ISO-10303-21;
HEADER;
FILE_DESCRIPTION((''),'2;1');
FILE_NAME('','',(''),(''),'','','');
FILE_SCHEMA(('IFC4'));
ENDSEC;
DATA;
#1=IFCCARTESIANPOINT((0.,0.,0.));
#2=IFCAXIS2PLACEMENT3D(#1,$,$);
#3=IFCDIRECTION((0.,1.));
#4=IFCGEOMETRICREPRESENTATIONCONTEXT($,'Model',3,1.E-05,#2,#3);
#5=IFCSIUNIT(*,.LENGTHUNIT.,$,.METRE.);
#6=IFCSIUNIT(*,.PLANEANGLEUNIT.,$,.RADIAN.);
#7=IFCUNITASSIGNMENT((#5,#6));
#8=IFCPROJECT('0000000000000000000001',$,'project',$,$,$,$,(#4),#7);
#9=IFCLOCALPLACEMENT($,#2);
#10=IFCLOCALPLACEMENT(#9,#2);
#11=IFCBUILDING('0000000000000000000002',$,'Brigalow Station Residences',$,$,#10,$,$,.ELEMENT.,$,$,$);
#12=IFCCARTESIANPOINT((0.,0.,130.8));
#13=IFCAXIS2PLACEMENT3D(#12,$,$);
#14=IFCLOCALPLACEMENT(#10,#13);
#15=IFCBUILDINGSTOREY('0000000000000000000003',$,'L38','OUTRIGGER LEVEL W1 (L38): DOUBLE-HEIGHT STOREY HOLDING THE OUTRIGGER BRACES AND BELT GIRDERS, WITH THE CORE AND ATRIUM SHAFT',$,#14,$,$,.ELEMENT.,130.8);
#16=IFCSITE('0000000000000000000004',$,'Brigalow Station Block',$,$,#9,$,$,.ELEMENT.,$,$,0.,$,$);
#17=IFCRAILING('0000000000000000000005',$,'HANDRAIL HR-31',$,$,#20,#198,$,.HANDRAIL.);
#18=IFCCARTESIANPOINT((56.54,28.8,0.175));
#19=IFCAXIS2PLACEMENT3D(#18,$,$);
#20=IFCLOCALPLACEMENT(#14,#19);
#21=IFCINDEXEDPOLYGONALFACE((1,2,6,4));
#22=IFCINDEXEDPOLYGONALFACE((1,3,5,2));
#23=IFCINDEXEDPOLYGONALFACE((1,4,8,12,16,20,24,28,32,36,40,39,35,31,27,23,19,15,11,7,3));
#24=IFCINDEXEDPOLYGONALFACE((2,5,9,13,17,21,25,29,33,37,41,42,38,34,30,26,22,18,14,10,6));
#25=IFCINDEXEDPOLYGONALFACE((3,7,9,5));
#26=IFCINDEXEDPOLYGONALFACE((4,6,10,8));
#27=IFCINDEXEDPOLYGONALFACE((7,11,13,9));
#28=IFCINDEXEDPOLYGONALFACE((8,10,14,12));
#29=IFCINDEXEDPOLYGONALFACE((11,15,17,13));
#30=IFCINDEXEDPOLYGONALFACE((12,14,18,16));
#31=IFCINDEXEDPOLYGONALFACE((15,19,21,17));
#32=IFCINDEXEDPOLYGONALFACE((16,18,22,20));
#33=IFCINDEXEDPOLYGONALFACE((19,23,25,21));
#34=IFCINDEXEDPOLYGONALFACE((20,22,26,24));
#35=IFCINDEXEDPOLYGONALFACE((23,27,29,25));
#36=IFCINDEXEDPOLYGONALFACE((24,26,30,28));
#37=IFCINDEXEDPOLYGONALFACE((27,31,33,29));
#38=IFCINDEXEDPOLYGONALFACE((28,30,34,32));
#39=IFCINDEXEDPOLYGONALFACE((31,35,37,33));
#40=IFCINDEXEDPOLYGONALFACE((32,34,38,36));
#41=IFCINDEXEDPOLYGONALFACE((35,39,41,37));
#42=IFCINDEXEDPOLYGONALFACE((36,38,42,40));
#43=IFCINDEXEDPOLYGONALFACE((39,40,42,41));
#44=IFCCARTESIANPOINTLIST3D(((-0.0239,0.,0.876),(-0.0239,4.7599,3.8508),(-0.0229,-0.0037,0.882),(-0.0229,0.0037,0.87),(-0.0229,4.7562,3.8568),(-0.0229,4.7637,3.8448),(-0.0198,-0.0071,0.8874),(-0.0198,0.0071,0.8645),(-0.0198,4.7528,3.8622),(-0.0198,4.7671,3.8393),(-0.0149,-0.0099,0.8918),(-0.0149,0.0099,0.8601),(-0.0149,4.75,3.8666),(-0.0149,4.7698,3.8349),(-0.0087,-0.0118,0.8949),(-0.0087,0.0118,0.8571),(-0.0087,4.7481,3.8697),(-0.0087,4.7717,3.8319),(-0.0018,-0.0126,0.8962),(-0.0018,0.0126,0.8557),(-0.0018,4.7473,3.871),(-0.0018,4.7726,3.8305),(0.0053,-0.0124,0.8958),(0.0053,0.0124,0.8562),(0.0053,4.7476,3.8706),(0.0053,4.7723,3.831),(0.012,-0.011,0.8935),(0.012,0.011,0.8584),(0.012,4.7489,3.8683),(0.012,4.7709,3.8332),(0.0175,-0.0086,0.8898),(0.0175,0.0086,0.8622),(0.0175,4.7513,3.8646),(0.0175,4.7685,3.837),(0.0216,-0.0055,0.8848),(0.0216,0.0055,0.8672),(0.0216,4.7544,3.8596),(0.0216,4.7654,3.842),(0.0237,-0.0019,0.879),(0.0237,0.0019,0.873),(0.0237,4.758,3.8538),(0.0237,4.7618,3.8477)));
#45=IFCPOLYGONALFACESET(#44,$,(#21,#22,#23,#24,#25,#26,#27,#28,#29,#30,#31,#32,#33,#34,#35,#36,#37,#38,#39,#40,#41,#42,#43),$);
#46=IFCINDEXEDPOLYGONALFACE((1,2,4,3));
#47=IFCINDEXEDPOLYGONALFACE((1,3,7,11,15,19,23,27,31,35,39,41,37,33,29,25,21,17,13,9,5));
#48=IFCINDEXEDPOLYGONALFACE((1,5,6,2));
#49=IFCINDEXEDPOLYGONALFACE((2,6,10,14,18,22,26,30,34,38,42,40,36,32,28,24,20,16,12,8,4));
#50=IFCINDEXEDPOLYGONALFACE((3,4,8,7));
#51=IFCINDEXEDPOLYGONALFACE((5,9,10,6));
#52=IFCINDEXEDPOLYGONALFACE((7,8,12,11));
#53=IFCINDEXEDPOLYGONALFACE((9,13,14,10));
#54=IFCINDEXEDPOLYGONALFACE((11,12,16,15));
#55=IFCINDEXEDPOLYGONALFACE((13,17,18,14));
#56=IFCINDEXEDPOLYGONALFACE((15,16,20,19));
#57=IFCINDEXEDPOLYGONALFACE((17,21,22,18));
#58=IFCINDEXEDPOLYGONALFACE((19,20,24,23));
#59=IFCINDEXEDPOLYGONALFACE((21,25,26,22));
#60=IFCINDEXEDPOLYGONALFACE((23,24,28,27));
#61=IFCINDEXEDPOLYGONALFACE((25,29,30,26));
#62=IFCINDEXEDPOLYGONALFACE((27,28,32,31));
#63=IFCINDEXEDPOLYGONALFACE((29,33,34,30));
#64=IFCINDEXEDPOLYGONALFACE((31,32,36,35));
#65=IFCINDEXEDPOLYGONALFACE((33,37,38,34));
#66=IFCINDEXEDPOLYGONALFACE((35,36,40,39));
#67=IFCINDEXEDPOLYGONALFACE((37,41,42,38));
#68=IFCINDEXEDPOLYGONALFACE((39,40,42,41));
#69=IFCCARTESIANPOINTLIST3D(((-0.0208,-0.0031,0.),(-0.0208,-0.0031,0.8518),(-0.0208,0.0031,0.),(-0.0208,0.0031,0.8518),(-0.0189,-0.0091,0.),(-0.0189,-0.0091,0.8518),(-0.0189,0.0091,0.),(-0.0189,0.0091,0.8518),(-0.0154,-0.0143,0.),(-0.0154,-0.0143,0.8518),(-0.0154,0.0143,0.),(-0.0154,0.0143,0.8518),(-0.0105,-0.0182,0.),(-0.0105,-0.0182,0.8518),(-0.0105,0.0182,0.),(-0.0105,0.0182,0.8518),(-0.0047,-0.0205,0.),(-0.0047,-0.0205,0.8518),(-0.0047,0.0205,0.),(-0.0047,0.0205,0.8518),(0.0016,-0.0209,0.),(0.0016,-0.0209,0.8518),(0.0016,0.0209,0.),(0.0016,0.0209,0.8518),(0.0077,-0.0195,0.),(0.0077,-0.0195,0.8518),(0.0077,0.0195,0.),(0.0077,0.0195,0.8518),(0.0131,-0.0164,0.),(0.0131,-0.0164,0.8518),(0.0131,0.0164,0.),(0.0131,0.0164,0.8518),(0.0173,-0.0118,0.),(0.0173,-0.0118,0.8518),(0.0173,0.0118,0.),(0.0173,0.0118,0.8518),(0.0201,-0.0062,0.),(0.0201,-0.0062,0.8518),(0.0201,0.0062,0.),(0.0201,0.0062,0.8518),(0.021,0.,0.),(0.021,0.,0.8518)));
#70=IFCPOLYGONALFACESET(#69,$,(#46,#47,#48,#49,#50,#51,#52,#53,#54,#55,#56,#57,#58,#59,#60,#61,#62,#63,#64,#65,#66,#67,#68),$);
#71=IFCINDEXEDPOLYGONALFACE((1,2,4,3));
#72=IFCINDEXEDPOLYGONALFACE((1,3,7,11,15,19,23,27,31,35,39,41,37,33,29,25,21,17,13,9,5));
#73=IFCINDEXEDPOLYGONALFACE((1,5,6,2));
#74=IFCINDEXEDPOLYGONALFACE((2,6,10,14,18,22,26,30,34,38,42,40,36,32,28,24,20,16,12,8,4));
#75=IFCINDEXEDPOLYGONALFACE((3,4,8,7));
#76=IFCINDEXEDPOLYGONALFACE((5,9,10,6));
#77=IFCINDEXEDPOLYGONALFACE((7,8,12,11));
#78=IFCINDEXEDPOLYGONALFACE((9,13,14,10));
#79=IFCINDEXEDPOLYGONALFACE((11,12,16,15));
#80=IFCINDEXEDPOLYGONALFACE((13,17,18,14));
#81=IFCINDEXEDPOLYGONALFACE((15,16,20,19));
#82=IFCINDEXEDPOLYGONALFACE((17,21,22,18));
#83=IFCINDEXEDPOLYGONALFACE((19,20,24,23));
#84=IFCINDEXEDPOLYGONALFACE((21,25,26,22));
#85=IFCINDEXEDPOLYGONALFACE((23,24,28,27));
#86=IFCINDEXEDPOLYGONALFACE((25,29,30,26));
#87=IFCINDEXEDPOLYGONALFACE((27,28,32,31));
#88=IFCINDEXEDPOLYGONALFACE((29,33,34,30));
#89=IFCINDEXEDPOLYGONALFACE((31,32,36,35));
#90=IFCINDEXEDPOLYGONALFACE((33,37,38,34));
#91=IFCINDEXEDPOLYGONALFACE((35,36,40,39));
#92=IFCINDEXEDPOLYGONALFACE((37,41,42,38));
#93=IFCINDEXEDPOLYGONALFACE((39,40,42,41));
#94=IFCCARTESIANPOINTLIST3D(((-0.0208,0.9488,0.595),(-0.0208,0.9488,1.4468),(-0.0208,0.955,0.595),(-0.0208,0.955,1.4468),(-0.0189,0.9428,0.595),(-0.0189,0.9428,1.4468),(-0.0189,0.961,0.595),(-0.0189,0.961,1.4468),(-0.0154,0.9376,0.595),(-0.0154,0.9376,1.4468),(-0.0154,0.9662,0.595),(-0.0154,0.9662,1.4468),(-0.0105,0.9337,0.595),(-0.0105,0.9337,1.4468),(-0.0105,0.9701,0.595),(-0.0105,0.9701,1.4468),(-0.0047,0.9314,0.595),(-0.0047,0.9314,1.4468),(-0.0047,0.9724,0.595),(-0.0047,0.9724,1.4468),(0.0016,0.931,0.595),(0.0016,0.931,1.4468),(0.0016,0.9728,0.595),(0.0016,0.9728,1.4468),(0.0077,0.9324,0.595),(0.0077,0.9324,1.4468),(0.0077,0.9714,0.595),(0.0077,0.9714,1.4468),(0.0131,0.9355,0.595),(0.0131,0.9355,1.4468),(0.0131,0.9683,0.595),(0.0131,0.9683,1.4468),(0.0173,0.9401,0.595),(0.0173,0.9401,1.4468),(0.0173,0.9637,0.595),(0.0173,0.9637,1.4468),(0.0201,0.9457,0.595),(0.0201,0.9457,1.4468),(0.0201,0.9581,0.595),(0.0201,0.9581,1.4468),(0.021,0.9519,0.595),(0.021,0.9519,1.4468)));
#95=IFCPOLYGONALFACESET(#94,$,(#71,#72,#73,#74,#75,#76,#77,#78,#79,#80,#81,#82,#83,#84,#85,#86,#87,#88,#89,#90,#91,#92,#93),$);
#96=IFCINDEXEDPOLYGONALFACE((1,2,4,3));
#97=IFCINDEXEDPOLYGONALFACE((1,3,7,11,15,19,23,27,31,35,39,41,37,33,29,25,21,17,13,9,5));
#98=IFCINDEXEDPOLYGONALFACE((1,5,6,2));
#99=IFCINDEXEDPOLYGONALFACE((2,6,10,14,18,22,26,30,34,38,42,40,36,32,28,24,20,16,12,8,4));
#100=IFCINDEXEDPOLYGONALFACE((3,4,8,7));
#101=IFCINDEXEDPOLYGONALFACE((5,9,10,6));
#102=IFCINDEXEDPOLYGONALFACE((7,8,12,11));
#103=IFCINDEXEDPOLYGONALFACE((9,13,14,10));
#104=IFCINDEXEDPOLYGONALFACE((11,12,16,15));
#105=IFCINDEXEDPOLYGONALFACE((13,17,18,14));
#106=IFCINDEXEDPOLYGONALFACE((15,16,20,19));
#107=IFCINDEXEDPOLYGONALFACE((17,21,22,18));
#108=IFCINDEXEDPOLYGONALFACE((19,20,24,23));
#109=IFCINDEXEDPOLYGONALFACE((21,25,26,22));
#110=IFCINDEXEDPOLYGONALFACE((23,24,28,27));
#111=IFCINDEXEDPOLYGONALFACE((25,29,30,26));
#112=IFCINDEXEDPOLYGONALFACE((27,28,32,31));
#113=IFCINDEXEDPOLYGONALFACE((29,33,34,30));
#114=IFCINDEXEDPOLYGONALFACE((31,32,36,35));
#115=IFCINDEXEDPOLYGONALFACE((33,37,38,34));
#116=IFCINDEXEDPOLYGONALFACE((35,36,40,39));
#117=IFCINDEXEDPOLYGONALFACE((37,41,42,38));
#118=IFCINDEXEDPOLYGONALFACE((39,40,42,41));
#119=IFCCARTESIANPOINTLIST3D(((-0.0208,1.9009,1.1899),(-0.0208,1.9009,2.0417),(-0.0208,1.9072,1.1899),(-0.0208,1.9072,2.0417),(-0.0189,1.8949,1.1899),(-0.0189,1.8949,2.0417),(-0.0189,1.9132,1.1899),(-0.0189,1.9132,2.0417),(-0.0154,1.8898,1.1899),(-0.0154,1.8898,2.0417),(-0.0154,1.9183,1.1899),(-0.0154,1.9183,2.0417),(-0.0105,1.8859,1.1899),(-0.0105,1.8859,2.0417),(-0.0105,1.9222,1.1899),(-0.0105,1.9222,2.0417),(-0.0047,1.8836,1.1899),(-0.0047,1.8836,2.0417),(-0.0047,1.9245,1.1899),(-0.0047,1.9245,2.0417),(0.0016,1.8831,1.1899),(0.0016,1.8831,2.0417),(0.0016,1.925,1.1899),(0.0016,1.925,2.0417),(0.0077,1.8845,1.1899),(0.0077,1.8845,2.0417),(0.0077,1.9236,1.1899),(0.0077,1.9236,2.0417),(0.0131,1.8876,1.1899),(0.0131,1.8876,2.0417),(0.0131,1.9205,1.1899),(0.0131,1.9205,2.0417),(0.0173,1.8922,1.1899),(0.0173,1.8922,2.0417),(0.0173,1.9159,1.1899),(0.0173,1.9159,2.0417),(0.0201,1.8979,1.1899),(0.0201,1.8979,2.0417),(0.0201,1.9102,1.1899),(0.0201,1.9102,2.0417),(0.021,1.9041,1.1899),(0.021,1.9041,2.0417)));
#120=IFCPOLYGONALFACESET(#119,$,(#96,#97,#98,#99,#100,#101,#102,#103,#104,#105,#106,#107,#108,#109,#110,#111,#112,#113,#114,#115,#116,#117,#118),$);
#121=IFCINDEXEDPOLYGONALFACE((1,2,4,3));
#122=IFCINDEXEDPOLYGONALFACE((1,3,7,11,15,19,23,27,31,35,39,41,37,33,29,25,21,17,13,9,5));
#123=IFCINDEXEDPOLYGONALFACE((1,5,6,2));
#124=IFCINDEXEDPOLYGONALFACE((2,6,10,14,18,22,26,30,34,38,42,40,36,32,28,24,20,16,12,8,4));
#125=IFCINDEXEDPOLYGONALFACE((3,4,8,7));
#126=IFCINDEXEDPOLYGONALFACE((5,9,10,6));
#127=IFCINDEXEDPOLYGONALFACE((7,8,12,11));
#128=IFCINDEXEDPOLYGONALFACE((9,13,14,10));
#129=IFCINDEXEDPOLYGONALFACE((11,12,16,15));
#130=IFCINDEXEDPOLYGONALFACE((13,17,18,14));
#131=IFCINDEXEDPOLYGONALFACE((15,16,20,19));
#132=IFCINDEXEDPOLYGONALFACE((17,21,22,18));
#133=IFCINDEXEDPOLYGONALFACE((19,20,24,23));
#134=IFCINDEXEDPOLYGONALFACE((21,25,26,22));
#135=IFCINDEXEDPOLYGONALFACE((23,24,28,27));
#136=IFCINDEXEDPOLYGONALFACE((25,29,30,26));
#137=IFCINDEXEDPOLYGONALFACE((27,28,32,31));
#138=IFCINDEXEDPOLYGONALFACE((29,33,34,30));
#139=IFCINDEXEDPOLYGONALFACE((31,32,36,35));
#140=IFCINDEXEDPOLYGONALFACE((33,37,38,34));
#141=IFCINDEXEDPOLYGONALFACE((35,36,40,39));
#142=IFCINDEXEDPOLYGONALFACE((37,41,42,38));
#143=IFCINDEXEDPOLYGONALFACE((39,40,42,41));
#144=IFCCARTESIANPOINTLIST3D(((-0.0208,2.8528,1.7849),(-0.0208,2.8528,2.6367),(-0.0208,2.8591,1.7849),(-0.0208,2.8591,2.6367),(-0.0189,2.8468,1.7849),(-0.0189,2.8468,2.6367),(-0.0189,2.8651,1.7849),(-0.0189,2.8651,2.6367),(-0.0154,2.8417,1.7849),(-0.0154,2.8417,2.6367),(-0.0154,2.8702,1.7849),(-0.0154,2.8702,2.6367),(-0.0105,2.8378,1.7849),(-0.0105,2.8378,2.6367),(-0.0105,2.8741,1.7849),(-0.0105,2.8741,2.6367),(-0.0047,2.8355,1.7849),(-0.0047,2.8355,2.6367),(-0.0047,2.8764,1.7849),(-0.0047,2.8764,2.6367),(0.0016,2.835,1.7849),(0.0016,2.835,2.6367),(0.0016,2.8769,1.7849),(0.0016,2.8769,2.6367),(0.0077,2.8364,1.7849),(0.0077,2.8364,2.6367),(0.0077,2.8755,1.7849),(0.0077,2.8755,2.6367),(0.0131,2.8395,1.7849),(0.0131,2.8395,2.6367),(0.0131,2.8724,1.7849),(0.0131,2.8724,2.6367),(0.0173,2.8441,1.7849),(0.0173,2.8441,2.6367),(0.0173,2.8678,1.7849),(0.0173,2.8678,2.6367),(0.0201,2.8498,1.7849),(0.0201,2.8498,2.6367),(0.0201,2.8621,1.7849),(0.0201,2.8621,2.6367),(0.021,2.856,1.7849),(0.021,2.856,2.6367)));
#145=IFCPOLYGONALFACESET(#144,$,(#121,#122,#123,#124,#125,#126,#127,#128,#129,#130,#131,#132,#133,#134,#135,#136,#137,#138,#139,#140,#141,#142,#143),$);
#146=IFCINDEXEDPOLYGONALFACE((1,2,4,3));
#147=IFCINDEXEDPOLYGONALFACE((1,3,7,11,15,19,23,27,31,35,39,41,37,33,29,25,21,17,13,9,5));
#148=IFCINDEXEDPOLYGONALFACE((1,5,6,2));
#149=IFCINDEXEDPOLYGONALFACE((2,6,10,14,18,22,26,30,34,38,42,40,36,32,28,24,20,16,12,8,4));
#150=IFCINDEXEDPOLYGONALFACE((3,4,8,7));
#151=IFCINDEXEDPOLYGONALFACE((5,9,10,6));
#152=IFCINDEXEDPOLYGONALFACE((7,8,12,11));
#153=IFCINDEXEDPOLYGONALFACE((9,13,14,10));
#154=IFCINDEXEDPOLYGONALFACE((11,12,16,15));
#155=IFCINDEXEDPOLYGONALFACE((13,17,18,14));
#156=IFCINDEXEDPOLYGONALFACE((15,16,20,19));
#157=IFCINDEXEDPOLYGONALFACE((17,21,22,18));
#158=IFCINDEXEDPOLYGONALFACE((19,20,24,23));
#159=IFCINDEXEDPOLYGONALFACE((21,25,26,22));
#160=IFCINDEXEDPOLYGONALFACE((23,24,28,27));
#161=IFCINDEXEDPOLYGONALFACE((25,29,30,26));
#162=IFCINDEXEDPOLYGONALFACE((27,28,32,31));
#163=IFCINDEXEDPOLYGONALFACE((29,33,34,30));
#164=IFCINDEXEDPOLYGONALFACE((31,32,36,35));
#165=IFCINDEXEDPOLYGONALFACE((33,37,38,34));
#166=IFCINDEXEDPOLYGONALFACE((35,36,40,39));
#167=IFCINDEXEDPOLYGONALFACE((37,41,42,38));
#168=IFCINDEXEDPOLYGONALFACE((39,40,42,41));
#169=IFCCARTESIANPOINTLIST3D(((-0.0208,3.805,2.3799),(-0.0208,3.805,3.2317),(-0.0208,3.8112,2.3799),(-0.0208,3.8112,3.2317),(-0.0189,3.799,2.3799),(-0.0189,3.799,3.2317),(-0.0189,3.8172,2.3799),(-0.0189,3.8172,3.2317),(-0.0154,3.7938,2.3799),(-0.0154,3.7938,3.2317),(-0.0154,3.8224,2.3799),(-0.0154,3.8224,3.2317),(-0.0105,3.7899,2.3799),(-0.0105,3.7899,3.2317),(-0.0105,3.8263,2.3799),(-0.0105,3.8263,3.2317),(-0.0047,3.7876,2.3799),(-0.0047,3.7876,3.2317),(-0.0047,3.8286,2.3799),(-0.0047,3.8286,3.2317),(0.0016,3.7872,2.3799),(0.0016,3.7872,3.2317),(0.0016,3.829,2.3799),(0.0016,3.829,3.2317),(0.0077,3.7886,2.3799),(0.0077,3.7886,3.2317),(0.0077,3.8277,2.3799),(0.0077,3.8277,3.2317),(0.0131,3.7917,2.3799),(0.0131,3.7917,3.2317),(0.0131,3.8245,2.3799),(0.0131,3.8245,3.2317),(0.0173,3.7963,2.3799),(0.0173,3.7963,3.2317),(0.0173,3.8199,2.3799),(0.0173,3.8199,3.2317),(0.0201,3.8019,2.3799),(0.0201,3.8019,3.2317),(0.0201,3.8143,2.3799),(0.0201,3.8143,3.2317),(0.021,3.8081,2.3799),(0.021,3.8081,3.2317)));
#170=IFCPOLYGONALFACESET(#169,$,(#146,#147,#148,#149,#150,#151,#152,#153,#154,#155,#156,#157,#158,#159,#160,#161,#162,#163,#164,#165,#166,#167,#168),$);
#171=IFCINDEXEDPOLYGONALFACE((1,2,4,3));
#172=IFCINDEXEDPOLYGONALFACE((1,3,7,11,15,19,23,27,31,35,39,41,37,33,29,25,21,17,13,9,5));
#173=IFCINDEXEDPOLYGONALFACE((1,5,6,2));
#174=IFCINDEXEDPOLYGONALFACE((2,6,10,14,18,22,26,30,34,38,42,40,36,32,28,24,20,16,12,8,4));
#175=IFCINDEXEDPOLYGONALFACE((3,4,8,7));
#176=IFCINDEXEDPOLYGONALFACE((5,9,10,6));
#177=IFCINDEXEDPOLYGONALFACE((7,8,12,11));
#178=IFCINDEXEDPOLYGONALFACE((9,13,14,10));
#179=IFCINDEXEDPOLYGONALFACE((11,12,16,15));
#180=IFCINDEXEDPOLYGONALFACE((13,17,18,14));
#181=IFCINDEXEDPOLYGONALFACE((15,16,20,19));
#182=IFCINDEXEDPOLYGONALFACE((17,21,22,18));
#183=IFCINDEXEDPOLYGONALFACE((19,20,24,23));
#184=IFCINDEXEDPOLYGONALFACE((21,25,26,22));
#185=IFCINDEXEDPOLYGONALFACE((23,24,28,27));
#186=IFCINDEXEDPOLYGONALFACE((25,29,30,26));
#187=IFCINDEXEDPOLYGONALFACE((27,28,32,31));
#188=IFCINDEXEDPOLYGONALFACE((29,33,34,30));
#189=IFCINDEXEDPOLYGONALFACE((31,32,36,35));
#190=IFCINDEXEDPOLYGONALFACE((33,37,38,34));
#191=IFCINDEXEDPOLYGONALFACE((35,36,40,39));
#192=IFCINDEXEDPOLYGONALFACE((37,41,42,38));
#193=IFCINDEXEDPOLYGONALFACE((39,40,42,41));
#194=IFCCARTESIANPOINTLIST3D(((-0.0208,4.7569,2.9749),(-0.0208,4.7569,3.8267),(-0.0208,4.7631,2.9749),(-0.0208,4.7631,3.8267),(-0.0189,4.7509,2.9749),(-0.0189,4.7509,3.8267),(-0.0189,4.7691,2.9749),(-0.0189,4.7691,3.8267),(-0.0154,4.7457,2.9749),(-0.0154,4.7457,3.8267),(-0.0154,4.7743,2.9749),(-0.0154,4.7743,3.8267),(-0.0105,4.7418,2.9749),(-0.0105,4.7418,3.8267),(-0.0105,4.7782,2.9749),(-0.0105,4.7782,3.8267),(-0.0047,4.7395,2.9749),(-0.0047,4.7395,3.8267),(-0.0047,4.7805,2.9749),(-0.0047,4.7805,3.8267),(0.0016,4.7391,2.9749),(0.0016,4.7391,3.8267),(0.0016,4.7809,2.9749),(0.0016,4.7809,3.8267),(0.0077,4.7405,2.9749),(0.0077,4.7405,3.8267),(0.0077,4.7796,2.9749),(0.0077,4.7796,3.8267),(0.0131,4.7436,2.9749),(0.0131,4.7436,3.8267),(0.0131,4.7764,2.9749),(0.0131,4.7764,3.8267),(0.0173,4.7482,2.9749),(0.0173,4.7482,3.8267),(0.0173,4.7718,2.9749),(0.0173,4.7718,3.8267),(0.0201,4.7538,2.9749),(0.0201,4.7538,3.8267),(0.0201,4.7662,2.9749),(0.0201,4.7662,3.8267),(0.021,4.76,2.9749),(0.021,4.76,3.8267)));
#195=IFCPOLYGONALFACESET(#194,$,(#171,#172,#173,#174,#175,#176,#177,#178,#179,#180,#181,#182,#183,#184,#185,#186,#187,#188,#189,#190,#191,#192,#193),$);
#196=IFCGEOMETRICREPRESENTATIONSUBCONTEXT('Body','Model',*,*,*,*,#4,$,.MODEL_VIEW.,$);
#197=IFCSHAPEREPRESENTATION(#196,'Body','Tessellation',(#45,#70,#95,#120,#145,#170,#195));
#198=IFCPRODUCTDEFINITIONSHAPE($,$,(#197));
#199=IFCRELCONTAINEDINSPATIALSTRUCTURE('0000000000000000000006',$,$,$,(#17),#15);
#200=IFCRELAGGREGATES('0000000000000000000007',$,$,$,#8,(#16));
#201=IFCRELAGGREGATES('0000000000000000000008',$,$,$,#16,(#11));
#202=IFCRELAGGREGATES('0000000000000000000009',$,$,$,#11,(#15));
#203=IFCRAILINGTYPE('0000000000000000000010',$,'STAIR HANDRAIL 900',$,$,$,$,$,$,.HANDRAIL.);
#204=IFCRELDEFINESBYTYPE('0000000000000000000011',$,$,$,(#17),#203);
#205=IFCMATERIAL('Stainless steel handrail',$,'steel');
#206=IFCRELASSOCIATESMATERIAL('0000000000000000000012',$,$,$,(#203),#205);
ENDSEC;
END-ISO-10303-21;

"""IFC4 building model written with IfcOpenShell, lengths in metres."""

from ifc_helpers import new_model, si_unit, direction, frame, origin, origin_2d, place, context, subcontext, project, spatial, circle, extrude, material, type_object, element, save


model = new_model("IFC4")

# Units and contexts
model_context = context("Model", 3, precision=1e-05, world=origin(), true_north=direction((0.0, 1.0)))
body_context = subcontext(model_context, "Body", "Model", "MODEL_VIEW")
ifc_project = project(units=[si_unit("LENGTHUNIT", "METRE"), si_unit("PLANEANGLEUNIT", "RADIAN")], contexts=[model_context])

# Site, building, storey
site_placement = place(None, origin())
site = spatial("IfcSite", under=ifc_project, at=site_placement, Name="Brigalow Station Block", CompositionType="ELEMENT", RefElevation=0.0)
building_placement = place(site_placement, origin())
building = spatial("IfcBuilding", under=site, at=building_placement, Name="Brigalow Station Residences", CompositionType="ELEMENT")
storey_placement = place(building_placement, frame((0.0, 0.0, 130.8)))
storey = spatial("IfcBuildingStorey", under=building, at=storey_placement, Name="L38", Description="OUTRIGGER LEVEL W1 (L38): DOUBLE-HEIGHT STOREY HOLDING THE OUTRIGGER BRACES AND BELT GIRDERS, WITH THE CORE AND ATRIUM SHAFT", CompositionType="ELEMENT", Elevation=130.8)

# Railing
ifc_material_1 = material(Name="Stainless steel handrail", Category="steel")
railing_type = type_object("IfcRailingType", Name="STAIR HANDRAIL 900", PredefinedType="HANDRAIL", material=ifc_material_1)
railing_placement = place(storey_placement, frame((56.54, 28.8, 0.175)))
element("IfcRailing", 1, at=railing_placement, inside=storey, type_object=railing_type, Name="HANDRAIL HR-31", PredefinedType="HANDRAIL", context=body_context, shape_type="SweptSolid", body=[
    extrude(circle(Radius=0.0239, at=origin_2d()), frame((0.0, 0.0, 0.876), z_axis=(0.0, 0.848011, 0.529979), x_axis=(-1.0, 0.0, 0.0)), (0.0, 0.0, 1.0), 5.613),
    extrude(circle(Radius=0.021, at=origin_2d()), origin(), (0.0, 0.0, 1.0), 0.8518),
    extrude(circle(Radius=0.021, at=origin_2d()), frame((0.0, 0.9519, 0.595)), (0.0, 0.0, 1.0), 0.8518),
    extrude(circle(Radius=0.021, at=origin_2d()), frame((0.0, 1.9041, 1.1899)), (0.0, 0.0, 1.0), 0.8518),
    extrude(circle(Radius=0.021, at=origin_2d()), frame((0.0, 2.856, 1.7849)), (0.0, 0.0, 1.0), 0.8518),
    extrude(circle(Radius=0.021, at=origin_2d()), frame((0.0, 3.8081, 2.3799)), (0.0, 0.0, 1.0), 0.8518),
    extrude(circle(Radius=0.021, at=origin_2d()), frame((0.0, 4.76, 2.9749)), (0.0, 0.0, 1.0), 0.8518),
])

save(model, "model.ifc")
